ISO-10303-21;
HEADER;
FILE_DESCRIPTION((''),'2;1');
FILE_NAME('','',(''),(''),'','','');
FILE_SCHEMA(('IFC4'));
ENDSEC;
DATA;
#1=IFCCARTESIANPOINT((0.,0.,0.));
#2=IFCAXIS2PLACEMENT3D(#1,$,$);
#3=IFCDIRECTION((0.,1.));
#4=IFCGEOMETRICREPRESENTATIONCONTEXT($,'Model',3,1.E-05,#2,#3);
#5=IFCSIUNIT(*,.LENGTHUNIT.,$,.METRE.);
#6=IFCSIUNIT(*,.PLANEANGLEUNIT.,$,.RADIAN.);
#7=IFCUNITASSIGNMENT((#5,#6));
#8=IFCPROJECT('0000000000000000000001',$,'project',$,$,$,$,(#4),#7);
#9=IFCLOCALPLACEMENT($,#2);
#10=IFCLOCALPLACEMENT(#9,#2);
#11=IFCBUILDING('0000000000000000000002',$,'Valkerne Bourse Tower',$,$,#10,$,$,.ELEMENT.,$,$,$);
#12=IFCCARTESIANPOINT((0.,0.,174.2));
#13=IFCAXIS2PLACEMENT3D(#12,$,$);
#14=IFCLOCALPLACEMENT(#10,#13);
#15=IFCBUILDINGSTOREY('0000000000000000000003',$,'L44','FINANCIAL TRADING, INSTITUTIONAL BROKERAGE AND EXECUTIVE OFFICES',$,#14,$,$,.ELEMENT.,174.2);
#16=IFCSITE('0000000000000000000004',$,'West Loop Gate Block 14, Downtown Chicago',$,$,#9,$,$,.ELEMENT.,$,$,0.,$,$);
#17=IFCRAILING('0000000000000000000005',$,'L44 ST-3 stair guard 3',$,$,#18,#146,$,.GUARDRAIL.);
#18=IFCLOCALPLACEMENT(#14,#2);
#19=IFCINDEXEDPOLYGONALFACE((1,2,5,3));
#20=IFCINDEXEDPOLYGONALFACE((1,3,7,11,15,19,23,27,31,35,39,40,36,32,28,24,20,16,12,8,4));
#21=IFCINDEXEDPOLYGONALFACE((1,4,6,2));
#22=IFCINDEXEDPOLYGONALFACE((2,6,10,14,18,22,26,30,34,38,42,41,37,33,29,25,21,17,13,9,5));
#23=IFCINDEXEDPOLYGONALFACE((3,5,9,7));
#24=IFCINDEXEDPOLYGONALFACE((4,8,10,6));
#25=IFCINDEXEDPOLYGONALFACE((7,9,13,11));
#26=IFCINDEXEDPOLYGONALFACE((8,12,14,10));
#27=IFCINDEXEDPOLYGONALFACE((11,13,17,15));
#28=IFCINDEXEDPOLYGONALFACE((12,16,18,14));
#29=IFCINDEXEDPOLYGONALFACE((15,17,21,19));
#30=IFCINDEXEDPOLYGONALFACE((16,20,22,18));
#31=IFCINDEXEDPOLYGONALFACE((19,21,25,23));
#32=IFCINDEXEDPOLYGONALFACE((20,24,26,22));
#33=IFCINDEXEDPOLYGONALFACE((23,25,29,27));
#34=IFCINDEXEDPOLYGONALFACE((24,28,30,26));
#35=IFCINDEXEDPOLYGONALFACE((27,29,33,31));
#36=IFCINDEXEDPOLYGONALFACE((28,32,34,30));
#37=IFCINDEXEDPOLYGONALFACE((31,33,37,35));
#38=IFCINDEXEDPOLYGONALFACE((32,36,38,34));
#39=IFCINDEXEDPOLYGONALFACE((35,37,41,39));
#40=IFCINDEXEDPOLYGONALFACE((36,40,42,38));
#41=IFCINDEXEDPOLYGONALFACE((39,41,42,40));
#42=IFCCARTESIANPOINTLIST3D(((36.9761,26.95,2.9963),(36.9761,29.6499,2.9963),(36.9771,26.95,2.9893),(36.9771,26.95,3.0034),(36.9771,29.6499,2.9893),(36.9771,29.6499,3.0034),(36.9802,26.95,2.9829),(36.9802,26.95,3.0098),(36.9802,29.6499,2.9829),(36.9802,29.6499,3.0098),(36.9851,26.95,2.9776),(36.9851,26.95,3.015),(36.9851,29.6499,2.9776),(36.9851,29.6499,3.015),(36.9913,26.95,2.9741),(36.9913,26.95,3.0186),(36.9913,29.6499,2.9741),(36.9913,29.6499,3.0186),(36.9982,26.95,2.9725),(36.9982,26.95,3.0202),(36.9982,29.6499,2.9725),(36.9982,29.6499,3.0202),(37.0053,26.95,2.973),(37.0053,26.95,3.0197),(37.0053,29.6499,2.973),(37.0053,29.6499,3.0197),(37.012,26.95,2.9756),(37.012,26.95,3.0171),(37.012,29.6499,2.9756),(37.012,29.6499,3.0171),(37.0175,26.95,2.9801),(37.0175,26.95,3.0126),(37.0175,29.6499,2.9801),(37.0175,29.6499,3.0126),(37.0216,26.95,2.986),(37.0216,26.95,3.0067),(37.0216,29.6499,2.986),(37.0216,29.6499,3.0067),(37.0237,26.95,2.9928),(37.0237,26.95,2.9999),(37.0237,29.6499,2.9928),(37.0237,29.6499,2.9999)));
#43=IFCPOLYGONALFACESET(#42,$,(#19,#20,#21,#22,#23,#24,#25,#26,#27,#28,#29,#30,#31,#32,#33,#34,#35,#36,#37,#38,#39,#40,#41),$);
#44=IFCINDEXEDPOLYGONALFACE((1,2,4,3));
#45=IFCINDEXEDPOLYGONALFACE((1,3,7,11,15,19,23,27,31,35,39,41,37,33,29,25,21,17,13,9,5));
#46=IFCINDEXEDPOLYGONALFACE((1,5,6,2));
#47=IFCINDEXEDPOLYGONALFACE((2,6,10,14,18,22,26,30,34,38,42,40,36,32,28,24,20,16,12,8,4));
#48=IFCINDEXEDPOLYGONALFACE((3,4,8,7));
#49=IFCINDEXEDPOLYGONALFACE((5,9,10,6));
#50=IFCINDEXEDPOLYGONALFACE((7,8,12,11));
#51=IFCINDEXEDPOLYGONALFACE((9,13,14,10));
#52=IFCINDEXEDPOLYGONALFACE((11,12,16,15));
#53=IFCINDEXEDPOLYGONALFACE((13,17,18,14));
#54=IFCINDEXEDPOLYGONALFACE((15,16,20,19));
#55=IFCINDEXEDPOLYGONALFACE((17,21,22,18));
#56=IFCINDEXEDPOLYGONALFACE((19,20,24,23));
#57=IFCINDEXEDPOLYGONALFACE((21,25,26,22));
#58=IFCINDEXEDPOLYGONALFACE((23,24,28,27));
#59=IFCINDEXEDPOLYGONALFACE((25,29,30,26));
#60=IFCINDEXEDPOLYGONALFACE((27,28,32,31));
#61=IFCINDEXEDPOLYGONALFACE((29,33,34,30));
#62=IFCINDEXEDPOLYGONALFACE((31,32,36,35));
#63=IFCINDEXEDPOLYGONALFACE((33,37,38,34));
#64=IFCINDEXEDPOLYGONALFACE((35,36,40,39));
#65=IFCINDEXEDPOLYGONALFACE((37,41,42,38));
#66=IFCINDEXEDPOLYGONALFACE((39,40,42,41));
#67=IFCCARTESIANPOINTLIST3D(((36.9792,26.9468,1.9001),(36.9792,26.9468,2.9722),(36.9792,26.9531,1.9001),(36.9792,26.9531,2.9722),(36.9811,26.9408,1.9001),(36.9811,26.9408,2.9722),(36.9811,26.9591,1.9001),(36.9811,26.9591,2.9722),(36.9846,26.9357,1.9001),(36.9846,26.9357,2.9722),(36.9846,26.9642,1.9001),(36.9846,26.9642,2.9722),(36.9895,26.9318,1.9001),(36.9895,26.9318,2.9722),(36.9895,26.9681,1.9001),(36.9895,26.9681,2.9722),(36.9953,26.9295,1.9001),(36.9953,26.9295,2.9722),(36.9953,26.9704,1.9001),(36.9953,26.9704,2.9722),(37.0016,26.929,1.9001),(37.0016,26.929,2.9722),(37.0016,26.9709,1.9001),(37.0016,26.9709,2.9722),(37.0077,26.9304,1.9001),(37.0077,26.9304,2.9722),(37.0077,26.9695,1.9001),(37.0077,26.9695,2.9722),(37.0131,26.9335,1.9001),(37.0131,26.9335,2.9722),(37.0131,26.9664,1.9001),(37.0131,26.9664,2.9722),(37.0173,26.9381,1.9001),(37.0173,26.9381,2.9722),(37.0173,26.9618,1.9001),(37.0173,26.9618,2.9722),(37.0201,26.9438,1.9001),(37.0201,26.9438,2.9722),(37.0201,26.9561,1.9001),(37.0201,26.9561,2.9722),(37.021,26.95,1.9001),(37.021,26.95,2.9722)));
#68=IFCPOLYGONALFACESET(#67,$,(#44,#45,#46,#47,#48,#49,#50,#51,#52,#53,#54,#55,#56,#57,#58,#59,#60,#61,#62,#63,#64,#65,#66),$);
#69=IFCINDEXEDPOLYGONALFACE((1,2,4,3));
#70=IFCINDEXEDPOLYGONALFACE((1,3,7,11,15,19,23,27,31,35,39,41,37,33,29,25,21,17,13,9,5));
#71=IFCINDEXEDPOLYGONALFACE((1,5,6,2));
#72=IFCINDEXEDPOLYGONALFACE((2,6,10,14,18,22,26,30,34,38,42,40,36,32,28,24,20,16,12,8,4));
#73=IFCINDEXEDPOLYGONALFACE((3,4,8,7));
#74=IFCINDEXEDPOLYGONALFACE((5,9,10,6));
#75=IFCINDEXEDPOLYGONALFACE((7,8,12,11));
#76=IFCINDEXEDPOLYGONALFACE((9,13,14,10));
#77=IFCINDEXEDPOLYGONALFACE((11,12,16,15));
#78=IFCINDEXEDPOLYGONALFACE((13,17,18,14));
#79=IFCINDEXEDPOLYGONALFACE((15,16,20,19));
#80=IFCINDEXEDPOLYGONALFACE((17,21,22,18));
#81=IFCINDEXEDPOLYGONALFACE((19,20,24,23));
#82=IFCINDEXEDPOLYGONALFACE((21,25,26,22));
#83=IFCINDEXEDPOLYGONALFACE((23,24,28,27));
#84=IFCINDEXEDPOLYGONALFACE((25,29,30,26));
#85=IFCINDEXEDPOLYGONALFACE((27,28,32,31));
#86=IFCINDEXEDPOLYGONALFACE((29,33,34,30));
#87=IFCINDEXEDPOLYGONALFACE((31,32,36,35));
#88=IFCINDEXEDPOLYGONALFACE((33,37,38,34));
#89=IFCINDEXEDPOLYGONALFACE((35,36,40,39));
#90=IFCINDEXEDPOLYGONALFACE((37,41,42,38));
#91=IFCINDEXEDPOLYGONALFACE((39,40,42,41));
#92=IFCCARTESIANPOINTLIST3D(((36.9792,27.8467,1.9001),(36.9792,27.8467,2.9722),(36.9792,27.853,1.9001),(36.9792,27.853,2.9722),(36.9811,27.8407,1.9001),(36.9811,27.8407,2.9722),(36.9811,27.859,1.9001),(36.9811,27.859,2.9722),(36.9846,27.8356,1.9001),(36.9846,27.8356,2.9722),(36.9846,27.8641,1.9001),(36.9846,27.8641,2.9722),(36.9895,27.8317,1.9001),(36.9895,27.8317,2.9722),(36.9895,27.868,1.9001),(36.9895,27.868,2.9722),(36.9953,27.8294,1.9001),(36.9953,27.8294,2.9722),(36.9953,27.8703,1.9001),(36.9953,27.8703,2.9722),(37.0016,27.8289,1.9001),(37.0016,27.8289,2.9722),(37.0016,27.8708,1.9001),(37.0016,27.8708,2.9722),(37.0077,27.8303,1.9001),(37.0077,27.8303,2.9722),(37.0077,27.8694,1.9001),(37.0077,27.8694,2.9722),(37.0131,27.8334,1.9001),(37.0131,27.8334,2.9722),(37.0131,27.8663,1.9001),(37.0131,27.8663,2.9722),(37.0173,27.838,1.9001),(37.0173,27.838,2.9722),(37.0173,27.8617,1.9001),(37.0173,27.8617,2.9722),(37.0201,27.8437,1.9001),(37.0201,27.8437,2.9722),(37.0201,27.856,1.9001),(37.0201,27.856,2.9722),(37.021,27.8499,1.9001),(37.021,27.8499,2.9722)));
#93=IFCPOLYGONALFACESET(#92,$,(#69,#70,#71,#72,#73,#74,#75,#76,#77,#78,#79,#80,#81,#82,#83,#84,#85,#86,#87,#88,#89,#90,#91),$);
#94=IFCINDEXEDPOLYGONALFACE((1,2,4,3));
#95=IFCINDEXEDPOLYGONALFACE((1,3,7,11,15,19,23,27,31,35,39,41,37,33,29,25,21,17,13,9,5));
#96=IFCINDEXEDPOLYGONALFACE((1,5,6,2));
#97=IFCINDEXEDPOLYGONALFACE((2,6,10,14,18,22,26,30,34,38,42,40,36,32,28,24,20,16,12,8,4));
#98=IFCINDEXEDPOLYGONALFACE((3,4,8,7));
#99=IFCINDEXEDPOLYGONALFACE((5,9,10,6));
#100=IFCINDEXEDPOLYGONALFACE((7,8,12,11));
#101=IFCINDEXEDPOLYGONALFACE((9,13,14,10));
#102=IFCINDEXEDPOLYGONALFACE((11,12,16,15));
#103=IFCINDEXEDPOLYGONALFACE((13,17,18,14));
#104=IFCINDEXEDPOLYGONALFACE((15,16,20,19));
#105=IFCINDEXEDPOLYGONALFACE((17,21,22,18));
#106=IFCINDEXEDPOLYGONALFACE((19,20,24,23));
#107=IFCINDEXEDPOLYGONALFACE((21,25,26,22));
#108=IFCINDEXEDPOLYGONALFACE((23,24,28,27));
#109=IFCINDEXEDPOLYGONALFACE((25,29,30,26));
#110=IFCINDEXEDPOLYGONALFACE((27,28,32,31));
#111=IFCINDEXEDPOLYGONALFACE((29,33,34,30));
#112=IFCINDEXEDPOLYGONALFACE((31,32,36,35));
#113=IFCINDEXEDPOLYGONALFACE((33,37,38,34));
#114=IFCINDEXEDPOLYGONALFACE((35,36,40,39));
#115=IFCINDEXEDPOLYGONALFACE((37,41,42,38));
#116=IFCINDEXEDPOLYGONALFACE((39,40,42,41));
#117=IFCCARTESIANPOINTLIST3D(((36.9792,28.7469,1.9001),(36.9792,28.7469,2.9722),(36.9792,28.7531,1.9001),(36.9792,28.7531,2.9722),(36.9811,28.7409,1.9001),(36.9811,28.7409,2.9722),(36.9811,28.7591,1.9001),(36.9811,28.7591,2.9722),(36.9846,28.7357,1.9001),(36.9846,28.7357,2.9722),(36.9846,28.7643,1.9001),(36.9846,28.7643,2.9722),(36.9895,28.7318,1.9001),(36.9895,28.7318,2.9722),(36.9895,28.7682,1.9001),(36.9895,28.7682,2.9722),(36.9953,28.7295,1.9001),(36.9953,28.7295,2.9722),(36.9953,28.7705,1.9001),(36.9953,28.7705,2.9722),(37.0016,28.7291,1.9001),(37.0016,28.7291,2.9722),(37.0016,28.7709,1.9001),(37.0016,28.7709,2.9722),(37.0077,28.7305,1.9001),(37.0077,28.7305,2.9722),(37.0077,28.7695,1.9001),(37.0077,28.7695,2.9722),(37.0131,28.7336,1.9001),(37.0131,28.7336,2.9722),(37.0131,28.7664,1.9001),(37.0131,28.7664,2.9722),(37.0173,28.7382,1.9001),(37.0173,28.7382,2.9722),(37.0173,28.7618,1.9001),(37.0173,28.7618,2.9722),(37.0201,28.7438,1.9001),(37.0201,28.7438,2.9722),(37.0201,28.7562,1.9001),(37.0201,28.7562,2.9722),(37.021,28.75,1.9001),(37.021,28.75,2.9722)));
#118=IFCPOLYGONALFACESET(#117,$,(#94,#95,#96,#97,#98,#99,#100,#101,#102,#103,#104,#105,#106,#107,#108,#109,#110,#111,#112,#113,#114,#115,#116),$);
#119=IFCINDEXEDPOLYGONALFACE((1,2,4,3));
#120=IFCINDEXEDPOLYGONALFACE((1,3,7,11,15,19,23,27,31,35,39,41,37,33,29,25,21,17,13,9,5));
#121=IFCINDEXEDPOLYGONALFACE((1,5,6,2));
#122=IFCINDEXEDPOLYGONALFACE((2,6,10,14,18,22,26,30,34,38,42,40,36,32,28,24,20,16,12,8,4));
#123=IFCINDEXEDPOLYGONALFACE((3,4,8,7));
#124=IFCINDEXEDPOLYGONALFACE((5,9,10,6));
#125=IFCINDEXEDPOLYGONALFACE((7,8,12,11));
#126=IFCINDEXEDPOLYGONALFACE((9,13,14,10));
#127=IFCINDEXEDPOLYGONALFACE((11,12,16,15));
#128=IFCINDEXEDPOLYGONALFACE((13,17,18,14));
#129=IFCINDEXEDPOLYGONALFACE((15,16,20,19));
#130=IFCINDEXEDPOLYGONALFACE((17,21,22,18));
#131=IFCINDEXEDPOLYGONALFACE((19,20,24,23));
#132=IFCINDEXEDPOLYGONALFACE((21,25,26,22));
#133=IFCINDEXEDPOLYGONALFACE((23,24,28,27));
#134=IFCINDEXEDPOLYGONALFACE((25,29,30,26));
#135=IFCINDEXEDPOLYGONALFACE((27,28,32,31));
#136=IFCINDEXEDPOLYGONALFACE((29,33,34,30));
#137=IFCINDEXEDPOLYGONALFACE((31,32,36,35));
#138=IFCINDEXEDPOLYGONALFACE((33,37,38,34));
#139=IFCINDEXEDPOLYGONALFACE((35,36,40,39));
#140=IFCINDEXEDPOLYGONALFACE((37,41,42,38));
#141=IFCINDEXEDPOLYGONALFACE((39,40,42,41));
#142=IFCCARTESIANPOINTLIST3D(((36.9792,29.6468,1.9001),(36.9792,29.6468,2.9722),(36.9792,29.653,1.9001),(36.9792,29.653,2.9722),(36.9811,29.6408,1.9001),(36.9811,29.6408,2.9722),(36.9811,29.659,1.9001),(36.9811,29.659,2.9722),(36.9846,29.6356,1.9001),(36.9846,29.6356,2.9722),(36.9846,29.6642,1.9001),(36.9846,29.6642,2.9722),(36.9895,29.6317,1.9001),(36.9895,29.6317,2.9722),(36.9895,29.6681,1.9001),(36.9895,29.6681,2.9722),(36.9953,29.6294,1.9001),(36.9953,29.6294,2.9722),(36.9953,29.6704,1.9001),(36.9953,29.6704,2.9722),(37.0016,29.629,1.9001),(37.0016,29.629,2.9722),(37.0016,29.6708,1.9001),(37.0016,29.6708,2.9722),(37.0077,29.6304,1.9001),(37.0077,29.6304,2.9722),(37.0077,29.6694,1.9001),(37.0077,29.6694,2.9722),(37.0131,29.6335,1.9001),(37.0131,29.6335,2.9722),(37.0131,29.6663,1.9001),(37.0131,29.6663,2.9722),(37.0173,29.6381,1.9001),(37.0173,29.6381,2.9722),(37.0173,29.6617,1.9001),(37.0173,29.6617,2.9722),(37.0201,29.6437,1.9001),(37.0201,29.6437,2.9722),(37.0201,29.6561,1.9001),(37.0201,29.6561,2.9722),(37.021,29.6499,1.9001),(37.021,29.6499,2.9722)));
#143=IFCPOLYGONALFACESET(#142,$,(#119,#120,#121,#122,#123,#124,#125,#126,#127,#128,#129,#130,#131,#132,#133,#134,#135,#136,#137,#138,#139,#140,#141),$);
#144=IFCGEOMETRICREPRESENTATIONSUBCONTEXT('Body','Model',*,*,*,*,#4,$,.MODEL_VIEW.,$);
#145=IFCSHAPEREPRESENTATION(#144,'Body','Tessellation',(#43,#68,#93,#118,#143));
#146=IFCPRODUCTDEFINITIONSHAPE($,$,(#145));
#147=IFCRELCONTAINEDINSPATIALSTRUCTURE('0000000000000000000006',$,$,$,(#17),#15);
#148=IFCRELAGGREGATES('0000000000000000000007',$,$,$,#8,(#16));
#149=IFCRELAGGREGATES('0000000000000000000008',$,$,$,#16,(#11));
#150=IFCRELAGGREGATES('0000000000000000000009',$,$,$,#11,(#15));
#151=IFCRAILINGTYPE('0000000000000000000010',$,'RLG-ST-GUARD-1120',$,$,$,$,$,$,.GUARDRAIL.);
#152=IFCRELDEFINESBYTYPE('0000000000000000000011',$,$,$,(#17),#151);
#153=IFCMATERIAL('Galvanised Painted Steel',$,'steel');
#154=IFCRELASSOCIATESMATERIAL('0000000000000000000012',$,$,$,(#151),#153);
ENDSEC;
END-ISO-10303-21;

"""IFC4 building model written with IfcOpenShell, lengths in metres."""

from ifc_helpers import new_model, si_unit, direction, frame, origin, origin_2d, place, context, subcontext, project, spatial, circle, extrude, material, type_object, element, save


model = new_model("IFC4")

# Units and contexts
model_context = context("Model", 3, precision=1e-05, world=origin(), true_north=direction((0.0, 1.0)))
body_context = subcontext(model_context, "Body", "Model", "MODEL_VIEW")
ifc_project = project(units=[si_unit("LENGTHUNIT", "METRE"), si_unit("PLANEANGLEUNIT", "RADIAN")], contexts=[model_context])

# Site, building, storey
site_placement = place(None, origin())
site = spatial("IfcSite", under=ifc_project, at=site_placement, Name="West Loop Gate Block 14, Downtown Chicago", CompositionType="ELEMENT", RefElevation=0.0)
building_placement = place(site_placement, origin())
building = spatial("IfcBuilding", under=site, at=building_placement, Name="Valkerne Bourse Tower", CompositionType="ELEMENT")
storey_placement = place(building_placement, frame((0.0, 0.0, 174.2)))
storey = spatial("IfcBuildingStorey", under=building, at=storey_placement, Name="L44", Description="FINANCIAL TRADING, INSTITUTIONAL BROKERAGE AND EXECUTIVE OFFICES", CompositionType="ELEMENT", Elevation=174.2)

# Railing
ifc_material_1 = material(Name="Galvanised Painted Steel", Category="steel")
railing_type_1 = type_object("IfcRailingType", Name="RLG-ST-GUARD-1120", PredefinedType="GUARDRAIL", material=ifc_material_1)
for number, where, name in (
    (1, (37.0, 26.95, 1.9001), "L44 ST-3 stair guard 3"),
):
    element("IfcRailing", number, at=place(storey_placement, frame(where)), inside=storey, type_object=railing_type_1, Name=name, PredefinedType="GUARDRAIL", context=body_context, shape_type="SweptSolid", body=[
        extrude(circle(Radius=0.0239, at=origin_2d()), frame((0.0, 0.0, 1.0962), z_axis=(0.0, 1.0, 0.0), x_axis=(-1.0, 0.0, 0.0)), (0.0, 0.0, 1.0), 2.7),
        extrude(circle(Radius=0.021, at=origin_2d()), origin(), (0.0, 0.0, 1.0), 1.072),
        extrude(circle(Radius=0.021, at=origin_2d()), frame((0.0, 0.8999, 0.0)), (0.0, 0.0, 1.0), 1.072),
        extrude(circle(Radius=0.021, at=origin_2d()), frame((0.0, 1.8, 0.0)), (0.0, 0.0, 1.0), 1.072),
        extrude(circle(Radius=0.021, at=origin_2d()), frame((0.0, 2.7, 0.0)), (0.0, 0.0, 1.0), 1.072),
    ])

save(model, "model.ifc")
